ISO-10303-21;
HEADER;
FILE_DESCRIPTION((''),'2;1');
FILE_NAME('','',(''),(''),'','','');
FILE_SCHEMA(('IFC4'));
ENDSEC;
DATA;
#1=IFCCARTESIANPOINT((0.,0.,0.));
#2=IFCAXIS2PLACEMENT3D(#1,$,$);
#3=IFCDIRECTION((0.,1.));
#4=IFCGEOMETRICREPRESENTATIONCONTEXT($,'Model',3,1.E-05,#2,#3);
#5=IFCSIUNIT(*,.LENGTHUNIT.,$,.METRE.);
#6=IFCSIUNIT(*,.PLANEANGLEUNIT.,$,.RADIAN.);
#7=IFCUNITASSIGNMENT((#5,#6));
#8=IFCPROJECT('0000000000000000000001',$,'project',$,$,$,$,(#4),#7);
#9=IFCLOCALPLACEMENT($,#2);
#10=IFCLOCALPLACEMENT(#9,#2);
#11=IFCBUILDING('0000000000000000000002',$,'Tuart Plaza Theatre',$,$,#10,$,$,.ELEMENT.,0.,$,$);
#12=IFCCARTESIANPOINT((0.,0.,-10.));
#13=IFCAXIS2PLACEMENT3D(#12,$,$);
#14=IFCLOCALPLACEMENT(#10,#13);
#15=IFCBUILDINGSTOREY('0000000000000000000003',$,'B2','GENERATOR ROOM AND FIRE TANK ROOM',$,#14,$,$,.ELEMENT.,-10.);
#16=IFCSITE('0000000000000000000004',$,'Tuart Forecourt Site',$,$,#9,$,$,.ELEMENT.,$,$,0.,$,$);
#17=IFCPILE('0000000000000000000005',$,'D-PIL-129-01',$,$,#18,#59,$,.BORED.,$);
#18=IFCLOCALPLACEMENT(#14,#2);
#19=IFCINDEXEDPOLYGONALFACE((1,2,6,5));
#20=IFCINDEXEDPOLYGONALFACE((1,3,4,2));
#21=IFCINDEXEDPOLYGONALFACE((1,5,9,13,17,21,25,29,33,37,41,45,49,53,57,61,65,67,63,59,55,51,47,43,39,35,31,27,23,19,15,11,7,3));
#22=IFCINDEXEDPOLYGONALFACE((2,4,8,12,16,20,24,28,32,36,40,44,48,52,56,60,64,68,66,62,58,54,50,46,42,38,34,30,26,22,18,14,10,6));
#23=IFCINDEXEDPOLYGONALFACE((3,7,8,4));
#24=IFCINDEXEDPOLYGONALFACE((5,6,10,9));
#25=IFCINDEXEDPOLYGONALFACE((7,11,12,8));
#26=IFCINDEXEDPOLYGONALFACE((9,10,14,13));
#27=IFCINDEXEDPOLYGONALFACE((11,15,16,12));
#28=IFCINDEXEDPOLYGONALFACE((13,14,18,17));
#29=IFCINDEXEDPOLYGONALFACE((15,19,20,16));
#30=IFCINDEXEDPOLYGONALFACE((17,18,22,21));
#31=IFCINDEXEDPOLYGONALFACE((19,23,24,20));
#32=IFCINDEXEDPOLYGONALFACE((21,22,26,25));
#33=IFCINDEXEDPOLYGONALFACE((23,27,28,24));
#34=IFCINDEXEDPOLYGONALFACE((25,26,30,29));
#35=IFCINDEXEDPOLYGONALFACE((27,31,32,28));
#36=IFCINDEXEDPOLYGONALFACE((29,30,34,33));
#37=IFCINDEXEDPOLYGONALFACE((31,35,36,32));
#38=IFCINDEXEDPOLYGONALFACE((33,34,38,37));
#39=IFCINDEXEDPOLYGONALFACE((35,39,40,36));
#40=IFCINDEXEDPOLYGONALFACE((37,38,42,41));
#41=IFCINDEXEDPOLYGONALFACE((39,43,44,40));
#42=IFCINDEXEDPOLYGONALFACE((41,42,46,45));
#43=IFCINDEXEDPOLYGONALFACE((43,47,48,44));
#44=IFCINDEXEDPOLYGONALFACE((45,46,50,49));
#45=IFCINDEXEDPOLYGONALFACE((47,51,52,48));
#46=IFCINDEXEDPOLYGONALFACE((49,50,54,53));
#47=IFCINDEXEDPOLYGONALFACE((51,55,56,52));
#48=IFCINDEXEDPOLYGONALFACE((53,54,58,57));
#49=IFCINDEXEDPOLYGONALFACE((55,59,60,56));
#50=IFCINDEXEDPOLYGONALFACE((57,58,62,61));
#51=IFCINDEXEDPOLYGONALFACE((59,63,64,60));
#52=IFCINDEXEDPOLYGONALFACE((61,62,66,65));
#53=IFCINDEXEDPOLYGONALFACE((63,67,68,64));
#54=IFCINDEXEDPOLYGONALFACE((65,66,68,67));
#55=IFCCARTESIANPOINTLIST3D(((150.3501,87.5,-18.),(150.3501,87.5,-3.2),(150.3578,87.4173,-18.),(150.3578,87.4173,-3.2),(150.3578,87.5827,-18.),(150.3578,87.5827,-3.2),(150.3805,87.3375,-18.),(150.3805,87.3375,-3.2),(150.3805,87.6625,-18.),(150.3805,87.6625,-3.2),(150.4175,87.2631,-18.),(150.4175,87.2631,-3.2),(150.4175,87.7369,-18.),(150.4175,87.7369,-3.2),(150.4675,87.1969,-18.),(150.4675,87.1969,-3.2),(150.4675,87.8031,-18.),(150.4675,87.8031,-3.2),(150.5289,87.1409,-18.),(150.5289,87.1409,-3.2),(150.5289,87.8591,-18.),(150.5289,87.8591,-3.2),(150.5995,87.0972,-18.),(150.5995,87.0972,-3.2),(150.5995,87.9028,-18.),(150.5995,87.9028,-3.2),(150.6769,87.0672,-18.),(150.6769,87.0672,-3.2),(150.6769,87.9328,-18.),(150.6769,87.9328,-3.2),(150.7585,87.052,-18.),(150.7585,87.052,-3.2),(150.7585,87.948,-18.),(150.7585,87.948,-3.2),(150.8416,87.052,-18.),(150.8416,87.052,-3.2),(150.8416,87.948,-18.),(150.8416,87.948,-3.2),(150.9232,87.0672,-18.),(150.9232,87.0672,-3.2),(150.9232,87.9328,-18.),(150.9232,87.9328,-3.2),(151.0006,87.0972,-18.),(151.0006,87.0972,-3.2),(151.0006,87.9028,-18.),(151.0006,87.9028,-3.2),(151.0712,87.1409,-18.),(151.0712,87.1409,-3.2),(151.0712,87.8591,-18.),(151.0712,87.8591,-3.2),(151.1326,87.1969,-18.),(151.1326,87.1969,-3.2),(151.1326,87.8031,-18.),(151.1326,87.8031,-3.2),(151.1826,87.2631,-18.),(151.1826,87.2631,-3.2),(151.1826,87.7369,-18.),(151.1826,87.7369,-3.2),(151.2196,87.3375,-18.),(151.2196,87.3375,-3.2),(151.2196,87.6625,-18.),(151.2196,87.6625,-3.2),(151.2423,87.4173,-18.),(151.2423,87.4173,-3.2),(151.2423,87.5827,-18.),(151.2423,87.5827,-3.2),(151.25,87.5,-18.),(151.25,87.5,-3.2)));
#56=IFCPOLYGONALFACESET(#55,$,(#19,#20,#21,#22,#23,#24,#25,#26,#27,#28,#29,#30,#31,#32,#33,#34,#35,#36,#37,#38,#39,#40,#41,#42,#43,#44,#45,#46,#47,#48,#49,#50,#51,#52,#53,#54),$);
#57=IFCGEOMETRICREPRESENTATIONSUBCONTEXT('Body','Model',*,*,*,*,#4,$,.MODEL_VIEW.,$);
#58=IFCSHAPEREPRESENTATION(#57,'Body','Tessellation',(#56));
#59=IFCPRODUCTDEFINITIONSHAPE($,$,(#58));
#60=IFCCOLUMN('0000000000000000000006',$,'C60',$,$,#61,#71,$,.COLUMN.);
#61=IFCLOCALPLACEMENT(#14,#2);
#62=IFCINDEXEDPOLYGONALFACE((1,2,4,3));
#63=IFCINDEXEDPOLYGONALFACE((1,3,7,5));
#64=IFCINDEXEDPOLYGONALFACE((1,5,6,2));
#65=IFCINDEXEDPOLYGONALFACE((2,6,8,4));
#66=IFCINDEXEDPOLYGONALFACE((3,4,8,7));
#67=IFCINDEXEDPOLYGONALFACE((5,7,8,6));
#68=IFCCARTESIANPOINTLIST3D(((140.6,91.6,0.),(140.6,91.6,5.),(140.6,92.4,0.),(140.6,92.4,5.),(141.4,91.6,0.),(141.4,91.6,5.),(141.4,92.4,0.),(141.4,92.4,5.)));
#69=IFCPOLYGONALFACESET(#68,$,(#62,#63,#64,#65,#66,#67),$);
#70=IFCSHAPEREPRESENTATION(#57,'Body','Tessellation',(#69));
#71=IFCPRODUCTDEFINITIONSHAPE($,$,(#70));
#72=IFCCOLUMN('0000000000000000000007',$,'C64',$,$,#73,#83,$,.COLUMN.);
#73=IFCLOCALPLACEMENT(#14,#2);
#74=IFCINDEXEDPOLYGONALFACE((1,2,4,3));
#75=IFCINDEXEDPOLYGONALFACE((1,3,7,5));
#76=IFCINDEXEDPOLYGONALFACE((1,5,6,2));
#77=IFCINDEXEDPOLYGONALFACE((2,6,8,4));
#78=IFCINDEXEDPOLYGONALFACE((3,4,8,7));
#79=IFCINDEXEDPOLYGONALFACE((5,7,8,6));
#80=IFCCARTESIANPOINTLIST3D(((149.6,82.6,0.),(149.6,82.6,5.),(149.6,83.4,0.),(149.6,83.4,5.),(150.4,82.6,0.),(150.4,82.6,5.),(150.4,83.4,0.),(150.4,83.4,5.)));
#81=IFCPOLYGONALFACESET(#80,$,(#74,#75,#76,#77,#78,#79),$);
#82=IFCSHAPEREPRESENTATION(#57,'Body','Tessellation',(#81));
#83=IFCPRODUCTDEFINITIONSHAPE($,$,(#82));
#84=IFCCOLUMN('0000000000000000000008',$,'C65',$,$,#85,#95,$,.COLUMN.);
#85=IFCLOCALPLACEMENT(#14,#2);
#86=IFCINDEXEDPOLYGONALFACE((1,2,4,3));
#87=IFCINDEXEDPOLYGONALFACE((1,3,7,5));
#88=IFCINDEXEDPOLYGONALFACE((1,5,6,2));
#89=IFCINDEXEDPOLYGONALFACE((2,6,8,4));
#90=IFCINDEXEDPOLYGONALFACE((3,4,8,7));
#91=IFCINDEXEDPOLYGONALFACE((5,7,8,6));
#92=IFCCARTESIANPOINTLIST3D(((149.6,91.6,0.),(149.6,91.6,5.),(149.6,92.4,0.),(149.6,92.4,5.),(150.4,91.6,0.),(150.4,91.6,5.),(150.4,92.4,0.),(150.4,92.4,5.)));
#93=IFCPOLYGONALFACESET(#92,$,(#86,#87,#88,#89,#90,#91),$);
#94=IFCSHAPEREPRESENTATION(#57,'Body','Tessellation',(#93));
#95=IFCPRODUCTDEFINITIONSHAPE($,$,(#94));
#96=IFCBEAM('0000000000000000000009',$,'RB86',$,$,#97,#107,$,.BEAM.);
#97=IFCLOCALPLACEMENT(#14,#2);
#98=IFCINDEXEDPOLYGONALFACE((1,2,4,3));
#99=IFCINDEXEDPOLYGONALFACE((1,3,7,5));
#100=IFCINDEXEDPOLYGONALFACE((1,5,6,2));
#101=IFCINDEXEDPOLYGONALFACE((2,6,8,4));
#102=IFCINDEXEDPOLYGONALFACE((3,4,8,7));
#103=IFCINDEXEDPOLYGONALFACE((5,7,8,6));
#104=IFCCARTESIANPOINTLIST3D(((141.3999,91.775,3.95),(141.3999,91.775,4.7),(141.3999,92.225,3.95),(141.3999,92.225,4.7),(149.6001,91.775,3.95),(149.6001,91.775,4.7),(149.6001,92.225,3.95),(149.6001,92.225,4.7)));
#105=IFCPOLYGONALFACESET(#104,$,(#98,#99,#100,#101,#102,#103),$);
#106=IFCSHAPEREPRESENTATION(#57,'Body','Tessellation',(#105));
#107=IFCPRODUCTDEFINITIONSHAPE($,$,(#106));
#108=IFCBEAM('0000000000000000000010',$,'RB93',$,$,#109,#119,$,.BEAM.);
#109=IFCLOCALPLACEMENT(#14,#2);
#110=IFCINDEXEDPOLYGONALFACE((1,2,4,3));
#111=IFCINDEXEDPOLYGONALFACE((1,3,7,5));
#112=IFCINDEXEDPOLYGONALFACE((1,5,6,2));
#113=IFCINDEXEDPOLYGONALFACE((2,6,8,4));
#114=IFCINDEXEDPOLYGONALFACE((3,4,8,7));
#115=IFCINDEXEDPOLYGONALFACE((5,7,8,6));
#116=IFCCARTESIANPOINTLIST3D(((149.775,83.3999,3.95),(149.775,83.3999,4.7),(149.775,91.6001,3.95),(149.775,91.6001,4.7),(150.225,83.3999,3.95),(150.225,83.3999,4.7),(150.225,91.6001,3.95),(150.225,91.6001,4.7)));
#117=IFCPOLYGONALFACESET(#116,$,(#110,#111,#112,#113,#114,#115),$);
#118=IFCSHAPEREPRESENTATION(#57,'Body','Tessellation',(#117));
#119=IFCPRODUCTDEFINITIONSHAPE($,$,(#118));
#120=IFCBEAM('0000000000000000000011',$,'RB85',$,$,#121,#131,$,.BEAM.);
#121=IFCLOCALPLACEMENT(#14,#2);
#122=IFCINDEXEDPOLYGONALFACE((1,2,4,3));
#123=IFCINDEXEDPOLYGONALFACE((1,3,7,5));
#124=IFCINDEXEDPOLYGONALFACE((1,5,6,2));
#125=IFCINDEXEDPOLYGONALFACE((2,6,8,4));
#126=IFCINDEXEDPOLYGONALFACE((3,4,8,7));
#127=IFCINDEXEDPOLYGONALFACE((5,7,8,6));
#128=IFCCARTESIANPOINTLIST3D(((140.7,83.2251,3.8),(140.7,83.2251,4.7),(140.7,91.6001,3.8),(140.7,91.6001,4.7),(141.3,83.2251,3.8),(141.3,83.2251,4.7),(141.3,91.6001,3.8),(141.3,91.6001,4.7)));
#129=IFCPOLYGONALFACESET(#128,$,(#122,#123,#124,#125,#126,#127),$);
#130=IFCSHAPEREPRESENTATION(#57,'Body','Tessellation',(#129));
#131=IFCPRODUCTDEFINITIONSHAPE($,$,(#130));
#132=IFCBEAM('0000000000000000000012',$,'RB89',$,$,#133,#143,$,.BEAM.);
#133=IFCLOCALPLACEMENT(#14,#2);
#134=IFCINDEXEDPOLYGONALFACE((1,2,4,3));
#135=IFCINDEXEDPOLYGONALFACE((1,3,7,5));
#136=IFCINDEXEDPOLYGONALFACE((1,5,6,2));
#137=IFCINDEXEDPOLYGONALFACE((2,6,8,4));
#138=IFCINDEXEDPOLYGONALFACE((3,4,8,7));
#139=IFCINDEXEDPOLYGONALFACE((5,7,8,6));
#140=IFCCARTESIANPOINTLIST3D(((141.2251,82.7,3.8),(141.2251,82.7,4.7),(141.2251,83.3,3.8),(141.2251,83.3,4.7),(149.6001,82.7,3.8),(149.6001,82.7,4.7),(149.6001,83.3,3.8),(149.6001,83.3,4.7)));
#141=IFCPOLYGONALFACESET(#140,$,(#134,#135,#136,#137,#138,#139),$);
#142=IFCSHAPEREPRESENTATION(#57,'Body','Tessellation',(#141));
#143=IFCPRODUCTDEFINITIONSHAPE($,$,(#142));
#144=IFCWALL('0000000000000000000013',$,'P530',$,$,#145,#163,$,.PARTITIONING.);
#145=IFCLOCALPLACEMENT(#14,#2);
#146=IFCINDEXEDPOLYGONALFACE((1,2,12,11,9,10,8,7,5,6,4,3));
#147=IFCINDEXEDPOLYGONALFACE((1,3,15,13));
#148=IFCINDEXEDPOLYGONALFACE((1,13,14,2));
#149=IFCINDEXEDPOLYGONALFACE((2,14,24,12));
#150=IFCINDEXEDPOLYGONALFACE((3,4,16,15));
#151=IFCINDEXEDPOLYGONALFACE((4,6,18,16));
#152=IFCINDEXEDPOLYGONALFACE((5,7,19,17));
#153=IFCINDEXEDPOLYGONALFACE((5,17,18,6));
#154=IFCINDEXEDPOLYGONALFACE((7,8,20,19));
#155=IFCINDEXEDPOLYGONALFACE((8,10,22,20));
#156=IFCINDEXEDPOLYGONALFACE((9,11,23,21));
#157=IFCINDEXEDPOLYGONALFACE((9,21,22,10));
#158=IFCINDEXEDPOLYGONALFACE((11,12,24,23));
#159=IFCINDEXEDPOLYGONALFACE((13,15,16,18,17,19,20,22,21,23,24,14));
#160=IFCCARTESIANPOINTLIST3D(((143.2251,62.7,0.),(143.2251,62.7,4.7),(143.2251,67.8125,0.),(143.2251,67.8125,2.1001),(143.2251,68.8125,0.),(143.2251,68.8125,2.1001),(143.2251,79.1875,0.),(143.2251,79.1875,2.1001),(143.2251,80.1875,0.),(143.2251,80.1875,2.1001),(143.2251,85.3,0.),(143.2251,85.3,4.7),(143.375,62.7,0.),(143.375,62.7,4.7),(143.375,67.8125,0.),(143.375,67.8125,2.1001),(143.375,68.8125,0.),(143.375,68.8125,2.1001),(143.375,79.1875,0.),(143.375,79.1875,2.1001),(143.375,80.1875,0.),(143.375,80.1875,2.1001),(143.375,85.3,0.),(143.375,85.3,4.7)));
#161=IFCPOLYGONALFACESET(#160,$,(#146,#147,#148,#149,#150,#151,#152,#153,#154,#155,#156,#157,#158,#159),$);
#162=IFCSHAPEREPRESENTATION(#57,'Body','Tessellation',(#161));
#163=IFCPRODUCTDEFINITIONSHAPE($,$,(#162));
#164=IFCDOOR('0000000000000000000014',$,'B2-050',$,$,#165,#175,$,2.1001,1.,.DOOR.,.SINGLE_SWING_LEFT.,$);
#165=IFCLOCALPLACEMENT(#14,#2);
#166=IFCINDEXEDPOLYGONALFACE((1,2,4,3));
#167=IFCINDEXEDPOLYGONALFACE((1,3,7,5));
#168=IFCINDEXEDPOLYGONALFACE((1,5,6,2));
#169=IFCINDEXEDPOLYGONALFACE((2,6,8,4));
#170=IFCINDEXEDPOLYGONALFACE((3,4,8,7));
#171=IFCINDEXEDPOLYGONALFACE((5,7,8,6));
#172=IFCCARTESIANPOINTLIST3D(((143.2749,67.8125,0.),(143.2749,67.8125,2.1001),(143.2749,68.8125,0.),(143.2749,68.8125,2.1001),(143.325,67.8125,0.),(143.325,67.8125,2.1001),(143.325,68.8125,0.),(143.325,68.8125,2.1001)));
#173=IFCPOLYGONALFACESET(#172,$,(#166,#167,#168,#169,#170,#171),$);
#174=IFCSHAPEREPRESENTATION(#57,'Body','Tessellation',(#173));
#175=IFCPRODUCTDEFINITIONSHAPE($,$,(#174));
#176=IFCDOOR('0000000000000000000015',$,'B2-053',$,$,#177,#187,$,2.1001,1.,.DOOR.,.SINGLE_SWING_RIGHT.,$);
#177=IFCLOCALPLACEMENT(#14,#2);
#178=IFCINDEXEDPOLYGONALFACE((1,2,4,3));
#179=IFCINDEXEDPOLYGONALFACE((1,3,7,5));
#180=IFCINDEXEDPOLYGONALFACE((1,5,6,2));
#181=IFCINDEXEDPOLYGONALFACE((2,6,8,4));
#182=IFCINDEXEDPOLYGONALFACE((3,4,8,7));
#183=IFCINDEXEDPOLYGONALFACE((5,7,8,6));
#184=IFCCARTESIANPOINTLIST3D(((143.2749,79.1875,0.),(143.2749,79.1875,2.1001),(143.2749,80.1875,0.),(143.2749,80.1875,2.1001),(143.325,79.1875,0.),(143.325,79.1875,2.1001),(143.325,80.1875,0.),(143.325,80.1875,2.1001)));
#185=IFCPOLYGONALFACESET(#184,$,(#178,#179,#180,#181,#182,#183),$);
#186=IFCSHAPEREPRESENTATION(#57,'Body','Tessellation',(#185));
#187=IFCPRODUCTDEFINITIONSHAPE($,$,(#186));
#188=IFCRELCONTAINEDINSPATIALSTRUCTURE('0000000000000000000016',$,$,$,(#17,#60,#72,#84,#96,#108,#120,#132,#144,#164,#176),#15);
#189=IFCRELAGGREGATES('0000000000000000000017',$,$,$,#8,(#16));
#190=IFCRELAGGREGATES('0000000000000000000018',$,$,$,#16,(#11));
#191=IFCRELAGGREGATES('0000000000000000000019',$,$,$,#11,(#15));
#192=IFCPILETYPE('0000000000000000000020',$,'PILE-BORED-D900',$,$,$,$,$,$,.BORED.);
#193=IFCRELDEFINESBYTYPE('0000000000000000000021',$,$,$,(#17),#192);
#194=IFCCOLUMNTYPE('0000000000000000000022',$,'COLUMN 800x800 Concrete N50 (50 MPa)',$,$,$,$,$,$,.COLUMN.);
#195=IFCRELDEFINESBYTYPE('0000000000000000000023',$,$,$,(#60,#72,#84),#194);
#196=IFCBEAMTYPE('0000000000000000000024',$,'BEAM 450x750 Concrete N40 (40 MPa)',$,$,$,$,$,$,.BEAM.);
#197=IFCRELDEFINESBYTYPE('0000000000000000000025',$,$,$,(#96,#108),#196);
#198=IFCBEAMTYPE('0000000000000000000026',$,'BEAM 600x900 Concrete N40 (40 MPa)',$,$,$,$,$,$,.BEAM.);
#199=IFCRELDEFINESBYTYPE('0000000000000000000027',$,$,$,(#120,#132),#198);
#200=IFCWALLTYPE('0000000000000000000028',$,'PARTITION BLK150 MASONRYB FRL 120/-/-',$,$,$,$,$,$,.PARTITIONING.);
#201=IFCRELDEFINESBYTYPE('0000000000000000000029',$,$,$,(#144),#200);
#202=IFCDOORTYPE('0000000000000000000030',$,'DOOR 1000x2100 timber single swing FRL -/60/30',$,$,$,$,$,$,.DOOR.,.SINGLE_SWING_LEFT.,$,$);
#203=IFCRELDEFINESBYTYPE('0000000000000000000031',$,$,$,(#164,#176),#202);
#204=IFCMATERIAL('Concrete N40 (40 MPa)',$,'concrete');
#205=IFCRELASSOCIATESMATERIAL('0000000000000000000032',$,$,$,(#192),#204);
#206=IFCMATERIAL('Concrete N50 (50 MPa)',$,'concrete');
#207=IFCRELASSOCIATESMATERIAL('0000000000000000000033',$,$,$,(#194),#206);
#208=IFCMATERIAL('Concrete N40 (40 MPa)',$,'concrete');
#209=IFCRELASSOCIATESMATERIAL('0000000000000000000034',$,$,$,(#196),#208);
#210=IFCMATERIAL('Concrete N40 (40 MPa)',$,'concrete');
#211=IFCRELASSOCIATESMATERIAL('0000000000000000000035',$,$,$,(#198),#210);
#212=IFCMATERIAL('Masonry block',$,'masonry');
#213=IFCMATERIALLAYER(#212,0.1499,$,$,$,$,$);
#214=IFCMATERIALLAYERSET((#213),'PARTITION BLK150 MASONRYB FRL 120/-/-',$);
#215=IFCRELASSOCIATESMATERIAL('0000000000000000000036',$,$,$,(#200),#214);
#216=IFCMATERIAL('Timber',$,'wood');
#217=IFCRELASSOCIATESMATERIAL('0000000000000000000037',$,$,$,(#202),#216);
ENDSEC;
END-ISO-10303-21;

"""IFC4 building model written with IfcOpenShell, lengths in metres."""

from ifc_helpers import new_model, si_unit, direction, frame, frame_2d, origin, origin_2d, place, context, subcontext, project, spatial, rectangle, circle, extrude, material, layer, layer_set, material_profile, profile_set, type_object, element, fill, save


model = new_model("IFC4")

# Units and contexts
model_context = context("Model", 3, precision=1e-05, world=origin(), true_north=direction((0.0, 1.0)))
body_context = subcontext(model_context, "Body", "Model", "MODEL_VIEW")
ifc_project = project(units=[si_unit("LENGTHUNIT", "METRE"), si_unit("PLANEANGLEUNIT", "RADIAN")], contexts=[model_context])

# Site, building, storey
site_placement = place(None, origin())
site = spatial("IfcSite", under=ifc_project, at=site_placement, Name="Tuart Forecourt Site", CompositionType="ELEMENT", RefElevation=0.0)
building_placement = place(site_placement, origin())
building = spatial("IfcBuilding", under=site, at=building_placement, Name="Tuart Plaza Theatre", CompositionType="ELEMENT", ElevationOfRefHeight=0.0)
storey_placement = place(building_placement, frame((0.0, 0.0, -10.0)))
storey = spatial("IfcBuildingStorey", under=building, at=storey_placement, Name="B2", Description="GENERATOR ROOM AND FIRE TANK ROOM", CompositionType="ELEMENT", Elevation=-10.0)

# Pile
ifc_material_1 = material(Name="Concrete N40 (40 MPa)", Category="concrete")
ifc_material_profile_1 = material_profile(ifc_material_1, circle(Radius=0.45, at=origin_2d()), Name="PILE-BORED-D900")
ifc_profile_set_1 = profile_set([ifc_material_profile_1], Name="Concrete N40 (40 MPa)")
pile_type_1 = type_object("IfcPileType", Name="PILE-BORED-D900", PredefinedType="BORED", material=ifc_profile_set_1)
for number, where, z_axis, x_axis, name in (
    (1, (150.8, 87.5, -3.2), (0.0, 0.0, -1.0), (1.0, 0.0, 0.0), "D-PIL-129-01"),
):
    element("IfcPile", number, at=place(storey_placement, frame(where, z_axis=z_axis, x_axis=x_axis)), inside=storey, type_object=pile_type_1, Name=name, PredefinedType="BORED", context=body_context, shape_type="SweptSolid", body=[
        extrude(circle(Radius=0.45, at=origin_2d()), origin(), (0.0, 0.0, 1.0), 14.8),
    ])

# Columns
ifc_material_2 = material(Name="Concrete N50 (50 MPa)", Category="concrete")
ifc_material_profile_2 = material_profile(ifc_material_2, rectangle(XDim=0.8, YDim=0.8, at=origin_2d()), Name="COLUMN 800x800 Concrete N50 (50 MPa)")
ifc_profile_set_2 = profile_set([ifc_material_profile_2], Name="Concrete N50 (50 MPa)")
column_type = type_object("IfcColumnType", Name="COLUMN 800x800 Concrete N50 (50 MPa)", PredefinedType="COLUMN", material=ifc_profile_set_2)
for number, where, z_axis, x_axis, name in (
    (2, (141.0, 92.0, 0.0), (0.0, 0.0, 1.0), (1.0, 0.0, 0.0), "C60"),
    (3, (150.0, 83.0, 0.0), (0.0, 0.0, 1.0), (1.0, 0.0, 0.0), "C64"),
    (4, (150.0, 92.0, 0.0), (0.0, 0.0, 1.0), (1.0, 0.0, 0.0), "C65"),
):
    element("IfcColumn", number, at=place(storey_placement, frame(where, z_axis=z_axis, x_axis=x_axis)), inside=storey, type_object=column_type, Name=name, PredefinedType="COLUMN", context=body_context, shape_type="SweptSolid", body=[
        extrude(rectangle(XDim=0.8, YDim=0.8, at=origin_2d()), origin(), (0.0, 0.0, 1.0), 5.0),
    ])

# Beams
ifc_material_3 = material(Name="Concrete N40 (40 MPa)", Category="concrete")
ifc_material_profile_3 = material_profile(ifc_material_3, rectangle(XDim=0.45, YDim=0.75, at=origin_2d()), Name="BEAM 450x750 Concrete N40 (40 MPa)")
ifc_profile_set_3 = profile_set([ifc_material_profile_3], Name="Concrete N40 (40 MPa)")
beam_type_1 = type_object("IfcBeamType", Name="BEAM 450x750 Concrete N40 (40 MPa)", PredefinedType="BEAM", material=ifc_profile_set_3)
for number, where, z_axis, x_axis, name in (
    (5, (141.3999, 92.0, 4.325), (1.0, 0.0, 0.0), (0.0, 1.0, 0.0), "RB86"),
    (6, (150.0, 83.3999, 4.325), (0.0, 1.0, 0.0), (-1.0, 0.0, 0.0), "RB93"),
):
    element("IfcBeam", number, at=place(storey_placement, frame(where, z_axis=z_axis, x_axis=x_axis)), inside=storey, type_object=beam_type_1, Name=name, PredefinedType="BEAM", context=body_context, shape_type="SweptSolid", body=[
        extrude(rectangle(XDim=0.45, YDim=0.75, at=origin_2d()), origin(), (0.0, 0.0, 1.0), 8.2002),
    ])
ifc_material_4 = material(Name="Concrete N40 (40 MPa)", Category="concrete")
ifc_material_profile_4 = material_profile(ifc_material_4, rectangle(XDim=0.6001, YDim=0.8999, at=origin_2d()), Name="BEAM 600x900 Concrete N40 (40 MPa)")
ifc_profile_set_4 = profile_set([ifc_material_profile_4], Name="Concrete N40 (40 MPa)")
beam_type_2 = type_object("IfcBeamType", Name="BEAM 600x900 Concrete N40 (40 MPa)", PredefinedType="BEAM", material=ifc_profile_set_4)
for number, where, z_axis, x_axis, name in (
    (7, (141.0, 83.2251, 4.25), (0.0, 1.0, 0.0), (-1.0, 0.0, 0.0), "RB85"),
    (8, (141.2251, 83.0, 4.25), (1.0, 0.0, 0.0), (0.0, 1.0, 0.0), "RB89"),
):
    element("IfcBeam", number, at=place(storey_placement, frame(where, z_axis=z_axis, x_axis=x_axis)), inside=storey, type_object=beam_type_2, Name=name, PredefinedType="BEAM", context=body_context, shape_type="SweptSolid", body=[
        extrude(rectangle(XDim=0.6001, YDim=0.8999, at=origin_2d()), origin(), (0.0, 0.0, 1.0), 8.375),
    ])

# Wall, openings, doors
ifc_material_5 = material(Name="Masonry block", Category="masonry")
ifc_layer_1 = layer(ifc_material_5, 0.1499)
ifc_layer_set_1 = layer_set([ifc_layer_1], Name="PARTITION BLK150 MASONRYB FRL 120/-/-")
wall_type_1 = type_object("IfcWallType", Name="PARTITION BLK150 MASONRYB FRL 120/-/-", PredefinedType="PARTITIONING", material=ifc_layer_set_1)
wall_1_placement = place(storey_placement, frame((143.3, 85.3, 0.0), z_axis=(0.0, 0.0, 1.0), x_axis=(0.0, -1.0, 0.0)))
wall_1 = element("IfcWall", 9, at=wall_1_placement, inside=storey, type_object=wall_type_1, Name="P530", PredefinedType="PARTITIONING", context=body_context, shape_type="SweptSolid", body=[
    extrude(rectangle(XDim=22.6001, YDim=0.1499, at=frame_2d((11.3, 0.0))), origin(), (0.0, 0.0, 1.0), 4.7),
])
opening_1_placement = place(wall_1_placement, frame((16.4875, 0.0, 0.0)))
opening_1 = element("IfcOpeningElement", 10, at=opening_1_placement, cuts=wall_1, PredefinedType="OPENING", context=body_context, shape_type="SweptSolid", body=[
    extrude(rectangle(XDim=1.0, YDim=2.1001, at=frame_2d((0.5, 1.05))), frame((0.0, 0.085, 0.0), z_axis=(0.0, -1.0, 0.0), x_axis=(1.0, 0.0, 0.0)), (0.0, 0.0, 1.0), 0.1699),
])
opening_2_placement = place(wall_1_placement, frame((5.1125, 0.0, 0.0)))
opening_2 = element("IfcOpeningElement", 11, at=opening_2_placement, cuts=wall_1, PredefinedType="OPENING", context=body_context, shape_type="SweptSolid", body=[
    extrude(rectangle(XDim=1.0, YDim=2.1001, at=frame_2d((0.5, 1.05))), frame((0.0, 0.085, 0.0), z_axis=(0.0, -1.0, 0.0), x_axis=(1.0, 0.0, 0.0)), (0.0, 0.0, 1.0), 0.1699),
])
ifc_material_6 = material(Name="Timber", Category="wood")
door_type = type_object("IfcDoorType", Name="DOOR 1000x2100 timber single swing FRL -/60/30", OperationType="SINGLE_SWING_LEFT", PredefinedType="DOOR", material=ifc_material_6)
door_1_placement = place(opening_1_placement, origin())
door_1 = element("IfcDoor", 12, at=door_1_placement, inside=storey, type_object=door_type, Name="B2-050", OperationType="SINGLE_SWING_LEFT", OverallHeight=2.1001, OverallWidth=1.0, PredefinedType="DOOR", context=body_context, shape_type="SweptSolid", body=[
    extrude(rectangle(XDim=1.0, YDim=2.1001, at=frame_2d((0.5, 1.05))), frame((0.0, 0.0249, 0.0), z_axis=(0.0, -1.0, 0.0), x_axis=(1.0, 0.0, 0.0)), (0.0, 0.0, 1.0), 0.05),
])
fill(opening_1, door_1)
door_2_placement = place(opening_2_placement, origin())
door_2 = element("IfcDoor", 13, at=door_2_placement, inside=storey, type_object=door_type, Name="B2-053", OperationType="SINGLE_SWING_RIGHT", OverallHeight=2.1001, OverallWidth=1.0, PredefinedType="DOOR", context=body_context, shape_type="SweptSolid", body=[
    extrude(rectangle(XDim=1.0, YDim=2.1001, at=frame_2d((0.5, 1.05))), frame((0.0, 0.0249, 0.0), z_axis=(0.0, -1.0, 0.0), x_axis=(1.0, 0.0, 0.0)), (0.0, 0.0, 1.0), 0.05),
])
fill(opening_2, door_2)

save(model, "model.ifc")
